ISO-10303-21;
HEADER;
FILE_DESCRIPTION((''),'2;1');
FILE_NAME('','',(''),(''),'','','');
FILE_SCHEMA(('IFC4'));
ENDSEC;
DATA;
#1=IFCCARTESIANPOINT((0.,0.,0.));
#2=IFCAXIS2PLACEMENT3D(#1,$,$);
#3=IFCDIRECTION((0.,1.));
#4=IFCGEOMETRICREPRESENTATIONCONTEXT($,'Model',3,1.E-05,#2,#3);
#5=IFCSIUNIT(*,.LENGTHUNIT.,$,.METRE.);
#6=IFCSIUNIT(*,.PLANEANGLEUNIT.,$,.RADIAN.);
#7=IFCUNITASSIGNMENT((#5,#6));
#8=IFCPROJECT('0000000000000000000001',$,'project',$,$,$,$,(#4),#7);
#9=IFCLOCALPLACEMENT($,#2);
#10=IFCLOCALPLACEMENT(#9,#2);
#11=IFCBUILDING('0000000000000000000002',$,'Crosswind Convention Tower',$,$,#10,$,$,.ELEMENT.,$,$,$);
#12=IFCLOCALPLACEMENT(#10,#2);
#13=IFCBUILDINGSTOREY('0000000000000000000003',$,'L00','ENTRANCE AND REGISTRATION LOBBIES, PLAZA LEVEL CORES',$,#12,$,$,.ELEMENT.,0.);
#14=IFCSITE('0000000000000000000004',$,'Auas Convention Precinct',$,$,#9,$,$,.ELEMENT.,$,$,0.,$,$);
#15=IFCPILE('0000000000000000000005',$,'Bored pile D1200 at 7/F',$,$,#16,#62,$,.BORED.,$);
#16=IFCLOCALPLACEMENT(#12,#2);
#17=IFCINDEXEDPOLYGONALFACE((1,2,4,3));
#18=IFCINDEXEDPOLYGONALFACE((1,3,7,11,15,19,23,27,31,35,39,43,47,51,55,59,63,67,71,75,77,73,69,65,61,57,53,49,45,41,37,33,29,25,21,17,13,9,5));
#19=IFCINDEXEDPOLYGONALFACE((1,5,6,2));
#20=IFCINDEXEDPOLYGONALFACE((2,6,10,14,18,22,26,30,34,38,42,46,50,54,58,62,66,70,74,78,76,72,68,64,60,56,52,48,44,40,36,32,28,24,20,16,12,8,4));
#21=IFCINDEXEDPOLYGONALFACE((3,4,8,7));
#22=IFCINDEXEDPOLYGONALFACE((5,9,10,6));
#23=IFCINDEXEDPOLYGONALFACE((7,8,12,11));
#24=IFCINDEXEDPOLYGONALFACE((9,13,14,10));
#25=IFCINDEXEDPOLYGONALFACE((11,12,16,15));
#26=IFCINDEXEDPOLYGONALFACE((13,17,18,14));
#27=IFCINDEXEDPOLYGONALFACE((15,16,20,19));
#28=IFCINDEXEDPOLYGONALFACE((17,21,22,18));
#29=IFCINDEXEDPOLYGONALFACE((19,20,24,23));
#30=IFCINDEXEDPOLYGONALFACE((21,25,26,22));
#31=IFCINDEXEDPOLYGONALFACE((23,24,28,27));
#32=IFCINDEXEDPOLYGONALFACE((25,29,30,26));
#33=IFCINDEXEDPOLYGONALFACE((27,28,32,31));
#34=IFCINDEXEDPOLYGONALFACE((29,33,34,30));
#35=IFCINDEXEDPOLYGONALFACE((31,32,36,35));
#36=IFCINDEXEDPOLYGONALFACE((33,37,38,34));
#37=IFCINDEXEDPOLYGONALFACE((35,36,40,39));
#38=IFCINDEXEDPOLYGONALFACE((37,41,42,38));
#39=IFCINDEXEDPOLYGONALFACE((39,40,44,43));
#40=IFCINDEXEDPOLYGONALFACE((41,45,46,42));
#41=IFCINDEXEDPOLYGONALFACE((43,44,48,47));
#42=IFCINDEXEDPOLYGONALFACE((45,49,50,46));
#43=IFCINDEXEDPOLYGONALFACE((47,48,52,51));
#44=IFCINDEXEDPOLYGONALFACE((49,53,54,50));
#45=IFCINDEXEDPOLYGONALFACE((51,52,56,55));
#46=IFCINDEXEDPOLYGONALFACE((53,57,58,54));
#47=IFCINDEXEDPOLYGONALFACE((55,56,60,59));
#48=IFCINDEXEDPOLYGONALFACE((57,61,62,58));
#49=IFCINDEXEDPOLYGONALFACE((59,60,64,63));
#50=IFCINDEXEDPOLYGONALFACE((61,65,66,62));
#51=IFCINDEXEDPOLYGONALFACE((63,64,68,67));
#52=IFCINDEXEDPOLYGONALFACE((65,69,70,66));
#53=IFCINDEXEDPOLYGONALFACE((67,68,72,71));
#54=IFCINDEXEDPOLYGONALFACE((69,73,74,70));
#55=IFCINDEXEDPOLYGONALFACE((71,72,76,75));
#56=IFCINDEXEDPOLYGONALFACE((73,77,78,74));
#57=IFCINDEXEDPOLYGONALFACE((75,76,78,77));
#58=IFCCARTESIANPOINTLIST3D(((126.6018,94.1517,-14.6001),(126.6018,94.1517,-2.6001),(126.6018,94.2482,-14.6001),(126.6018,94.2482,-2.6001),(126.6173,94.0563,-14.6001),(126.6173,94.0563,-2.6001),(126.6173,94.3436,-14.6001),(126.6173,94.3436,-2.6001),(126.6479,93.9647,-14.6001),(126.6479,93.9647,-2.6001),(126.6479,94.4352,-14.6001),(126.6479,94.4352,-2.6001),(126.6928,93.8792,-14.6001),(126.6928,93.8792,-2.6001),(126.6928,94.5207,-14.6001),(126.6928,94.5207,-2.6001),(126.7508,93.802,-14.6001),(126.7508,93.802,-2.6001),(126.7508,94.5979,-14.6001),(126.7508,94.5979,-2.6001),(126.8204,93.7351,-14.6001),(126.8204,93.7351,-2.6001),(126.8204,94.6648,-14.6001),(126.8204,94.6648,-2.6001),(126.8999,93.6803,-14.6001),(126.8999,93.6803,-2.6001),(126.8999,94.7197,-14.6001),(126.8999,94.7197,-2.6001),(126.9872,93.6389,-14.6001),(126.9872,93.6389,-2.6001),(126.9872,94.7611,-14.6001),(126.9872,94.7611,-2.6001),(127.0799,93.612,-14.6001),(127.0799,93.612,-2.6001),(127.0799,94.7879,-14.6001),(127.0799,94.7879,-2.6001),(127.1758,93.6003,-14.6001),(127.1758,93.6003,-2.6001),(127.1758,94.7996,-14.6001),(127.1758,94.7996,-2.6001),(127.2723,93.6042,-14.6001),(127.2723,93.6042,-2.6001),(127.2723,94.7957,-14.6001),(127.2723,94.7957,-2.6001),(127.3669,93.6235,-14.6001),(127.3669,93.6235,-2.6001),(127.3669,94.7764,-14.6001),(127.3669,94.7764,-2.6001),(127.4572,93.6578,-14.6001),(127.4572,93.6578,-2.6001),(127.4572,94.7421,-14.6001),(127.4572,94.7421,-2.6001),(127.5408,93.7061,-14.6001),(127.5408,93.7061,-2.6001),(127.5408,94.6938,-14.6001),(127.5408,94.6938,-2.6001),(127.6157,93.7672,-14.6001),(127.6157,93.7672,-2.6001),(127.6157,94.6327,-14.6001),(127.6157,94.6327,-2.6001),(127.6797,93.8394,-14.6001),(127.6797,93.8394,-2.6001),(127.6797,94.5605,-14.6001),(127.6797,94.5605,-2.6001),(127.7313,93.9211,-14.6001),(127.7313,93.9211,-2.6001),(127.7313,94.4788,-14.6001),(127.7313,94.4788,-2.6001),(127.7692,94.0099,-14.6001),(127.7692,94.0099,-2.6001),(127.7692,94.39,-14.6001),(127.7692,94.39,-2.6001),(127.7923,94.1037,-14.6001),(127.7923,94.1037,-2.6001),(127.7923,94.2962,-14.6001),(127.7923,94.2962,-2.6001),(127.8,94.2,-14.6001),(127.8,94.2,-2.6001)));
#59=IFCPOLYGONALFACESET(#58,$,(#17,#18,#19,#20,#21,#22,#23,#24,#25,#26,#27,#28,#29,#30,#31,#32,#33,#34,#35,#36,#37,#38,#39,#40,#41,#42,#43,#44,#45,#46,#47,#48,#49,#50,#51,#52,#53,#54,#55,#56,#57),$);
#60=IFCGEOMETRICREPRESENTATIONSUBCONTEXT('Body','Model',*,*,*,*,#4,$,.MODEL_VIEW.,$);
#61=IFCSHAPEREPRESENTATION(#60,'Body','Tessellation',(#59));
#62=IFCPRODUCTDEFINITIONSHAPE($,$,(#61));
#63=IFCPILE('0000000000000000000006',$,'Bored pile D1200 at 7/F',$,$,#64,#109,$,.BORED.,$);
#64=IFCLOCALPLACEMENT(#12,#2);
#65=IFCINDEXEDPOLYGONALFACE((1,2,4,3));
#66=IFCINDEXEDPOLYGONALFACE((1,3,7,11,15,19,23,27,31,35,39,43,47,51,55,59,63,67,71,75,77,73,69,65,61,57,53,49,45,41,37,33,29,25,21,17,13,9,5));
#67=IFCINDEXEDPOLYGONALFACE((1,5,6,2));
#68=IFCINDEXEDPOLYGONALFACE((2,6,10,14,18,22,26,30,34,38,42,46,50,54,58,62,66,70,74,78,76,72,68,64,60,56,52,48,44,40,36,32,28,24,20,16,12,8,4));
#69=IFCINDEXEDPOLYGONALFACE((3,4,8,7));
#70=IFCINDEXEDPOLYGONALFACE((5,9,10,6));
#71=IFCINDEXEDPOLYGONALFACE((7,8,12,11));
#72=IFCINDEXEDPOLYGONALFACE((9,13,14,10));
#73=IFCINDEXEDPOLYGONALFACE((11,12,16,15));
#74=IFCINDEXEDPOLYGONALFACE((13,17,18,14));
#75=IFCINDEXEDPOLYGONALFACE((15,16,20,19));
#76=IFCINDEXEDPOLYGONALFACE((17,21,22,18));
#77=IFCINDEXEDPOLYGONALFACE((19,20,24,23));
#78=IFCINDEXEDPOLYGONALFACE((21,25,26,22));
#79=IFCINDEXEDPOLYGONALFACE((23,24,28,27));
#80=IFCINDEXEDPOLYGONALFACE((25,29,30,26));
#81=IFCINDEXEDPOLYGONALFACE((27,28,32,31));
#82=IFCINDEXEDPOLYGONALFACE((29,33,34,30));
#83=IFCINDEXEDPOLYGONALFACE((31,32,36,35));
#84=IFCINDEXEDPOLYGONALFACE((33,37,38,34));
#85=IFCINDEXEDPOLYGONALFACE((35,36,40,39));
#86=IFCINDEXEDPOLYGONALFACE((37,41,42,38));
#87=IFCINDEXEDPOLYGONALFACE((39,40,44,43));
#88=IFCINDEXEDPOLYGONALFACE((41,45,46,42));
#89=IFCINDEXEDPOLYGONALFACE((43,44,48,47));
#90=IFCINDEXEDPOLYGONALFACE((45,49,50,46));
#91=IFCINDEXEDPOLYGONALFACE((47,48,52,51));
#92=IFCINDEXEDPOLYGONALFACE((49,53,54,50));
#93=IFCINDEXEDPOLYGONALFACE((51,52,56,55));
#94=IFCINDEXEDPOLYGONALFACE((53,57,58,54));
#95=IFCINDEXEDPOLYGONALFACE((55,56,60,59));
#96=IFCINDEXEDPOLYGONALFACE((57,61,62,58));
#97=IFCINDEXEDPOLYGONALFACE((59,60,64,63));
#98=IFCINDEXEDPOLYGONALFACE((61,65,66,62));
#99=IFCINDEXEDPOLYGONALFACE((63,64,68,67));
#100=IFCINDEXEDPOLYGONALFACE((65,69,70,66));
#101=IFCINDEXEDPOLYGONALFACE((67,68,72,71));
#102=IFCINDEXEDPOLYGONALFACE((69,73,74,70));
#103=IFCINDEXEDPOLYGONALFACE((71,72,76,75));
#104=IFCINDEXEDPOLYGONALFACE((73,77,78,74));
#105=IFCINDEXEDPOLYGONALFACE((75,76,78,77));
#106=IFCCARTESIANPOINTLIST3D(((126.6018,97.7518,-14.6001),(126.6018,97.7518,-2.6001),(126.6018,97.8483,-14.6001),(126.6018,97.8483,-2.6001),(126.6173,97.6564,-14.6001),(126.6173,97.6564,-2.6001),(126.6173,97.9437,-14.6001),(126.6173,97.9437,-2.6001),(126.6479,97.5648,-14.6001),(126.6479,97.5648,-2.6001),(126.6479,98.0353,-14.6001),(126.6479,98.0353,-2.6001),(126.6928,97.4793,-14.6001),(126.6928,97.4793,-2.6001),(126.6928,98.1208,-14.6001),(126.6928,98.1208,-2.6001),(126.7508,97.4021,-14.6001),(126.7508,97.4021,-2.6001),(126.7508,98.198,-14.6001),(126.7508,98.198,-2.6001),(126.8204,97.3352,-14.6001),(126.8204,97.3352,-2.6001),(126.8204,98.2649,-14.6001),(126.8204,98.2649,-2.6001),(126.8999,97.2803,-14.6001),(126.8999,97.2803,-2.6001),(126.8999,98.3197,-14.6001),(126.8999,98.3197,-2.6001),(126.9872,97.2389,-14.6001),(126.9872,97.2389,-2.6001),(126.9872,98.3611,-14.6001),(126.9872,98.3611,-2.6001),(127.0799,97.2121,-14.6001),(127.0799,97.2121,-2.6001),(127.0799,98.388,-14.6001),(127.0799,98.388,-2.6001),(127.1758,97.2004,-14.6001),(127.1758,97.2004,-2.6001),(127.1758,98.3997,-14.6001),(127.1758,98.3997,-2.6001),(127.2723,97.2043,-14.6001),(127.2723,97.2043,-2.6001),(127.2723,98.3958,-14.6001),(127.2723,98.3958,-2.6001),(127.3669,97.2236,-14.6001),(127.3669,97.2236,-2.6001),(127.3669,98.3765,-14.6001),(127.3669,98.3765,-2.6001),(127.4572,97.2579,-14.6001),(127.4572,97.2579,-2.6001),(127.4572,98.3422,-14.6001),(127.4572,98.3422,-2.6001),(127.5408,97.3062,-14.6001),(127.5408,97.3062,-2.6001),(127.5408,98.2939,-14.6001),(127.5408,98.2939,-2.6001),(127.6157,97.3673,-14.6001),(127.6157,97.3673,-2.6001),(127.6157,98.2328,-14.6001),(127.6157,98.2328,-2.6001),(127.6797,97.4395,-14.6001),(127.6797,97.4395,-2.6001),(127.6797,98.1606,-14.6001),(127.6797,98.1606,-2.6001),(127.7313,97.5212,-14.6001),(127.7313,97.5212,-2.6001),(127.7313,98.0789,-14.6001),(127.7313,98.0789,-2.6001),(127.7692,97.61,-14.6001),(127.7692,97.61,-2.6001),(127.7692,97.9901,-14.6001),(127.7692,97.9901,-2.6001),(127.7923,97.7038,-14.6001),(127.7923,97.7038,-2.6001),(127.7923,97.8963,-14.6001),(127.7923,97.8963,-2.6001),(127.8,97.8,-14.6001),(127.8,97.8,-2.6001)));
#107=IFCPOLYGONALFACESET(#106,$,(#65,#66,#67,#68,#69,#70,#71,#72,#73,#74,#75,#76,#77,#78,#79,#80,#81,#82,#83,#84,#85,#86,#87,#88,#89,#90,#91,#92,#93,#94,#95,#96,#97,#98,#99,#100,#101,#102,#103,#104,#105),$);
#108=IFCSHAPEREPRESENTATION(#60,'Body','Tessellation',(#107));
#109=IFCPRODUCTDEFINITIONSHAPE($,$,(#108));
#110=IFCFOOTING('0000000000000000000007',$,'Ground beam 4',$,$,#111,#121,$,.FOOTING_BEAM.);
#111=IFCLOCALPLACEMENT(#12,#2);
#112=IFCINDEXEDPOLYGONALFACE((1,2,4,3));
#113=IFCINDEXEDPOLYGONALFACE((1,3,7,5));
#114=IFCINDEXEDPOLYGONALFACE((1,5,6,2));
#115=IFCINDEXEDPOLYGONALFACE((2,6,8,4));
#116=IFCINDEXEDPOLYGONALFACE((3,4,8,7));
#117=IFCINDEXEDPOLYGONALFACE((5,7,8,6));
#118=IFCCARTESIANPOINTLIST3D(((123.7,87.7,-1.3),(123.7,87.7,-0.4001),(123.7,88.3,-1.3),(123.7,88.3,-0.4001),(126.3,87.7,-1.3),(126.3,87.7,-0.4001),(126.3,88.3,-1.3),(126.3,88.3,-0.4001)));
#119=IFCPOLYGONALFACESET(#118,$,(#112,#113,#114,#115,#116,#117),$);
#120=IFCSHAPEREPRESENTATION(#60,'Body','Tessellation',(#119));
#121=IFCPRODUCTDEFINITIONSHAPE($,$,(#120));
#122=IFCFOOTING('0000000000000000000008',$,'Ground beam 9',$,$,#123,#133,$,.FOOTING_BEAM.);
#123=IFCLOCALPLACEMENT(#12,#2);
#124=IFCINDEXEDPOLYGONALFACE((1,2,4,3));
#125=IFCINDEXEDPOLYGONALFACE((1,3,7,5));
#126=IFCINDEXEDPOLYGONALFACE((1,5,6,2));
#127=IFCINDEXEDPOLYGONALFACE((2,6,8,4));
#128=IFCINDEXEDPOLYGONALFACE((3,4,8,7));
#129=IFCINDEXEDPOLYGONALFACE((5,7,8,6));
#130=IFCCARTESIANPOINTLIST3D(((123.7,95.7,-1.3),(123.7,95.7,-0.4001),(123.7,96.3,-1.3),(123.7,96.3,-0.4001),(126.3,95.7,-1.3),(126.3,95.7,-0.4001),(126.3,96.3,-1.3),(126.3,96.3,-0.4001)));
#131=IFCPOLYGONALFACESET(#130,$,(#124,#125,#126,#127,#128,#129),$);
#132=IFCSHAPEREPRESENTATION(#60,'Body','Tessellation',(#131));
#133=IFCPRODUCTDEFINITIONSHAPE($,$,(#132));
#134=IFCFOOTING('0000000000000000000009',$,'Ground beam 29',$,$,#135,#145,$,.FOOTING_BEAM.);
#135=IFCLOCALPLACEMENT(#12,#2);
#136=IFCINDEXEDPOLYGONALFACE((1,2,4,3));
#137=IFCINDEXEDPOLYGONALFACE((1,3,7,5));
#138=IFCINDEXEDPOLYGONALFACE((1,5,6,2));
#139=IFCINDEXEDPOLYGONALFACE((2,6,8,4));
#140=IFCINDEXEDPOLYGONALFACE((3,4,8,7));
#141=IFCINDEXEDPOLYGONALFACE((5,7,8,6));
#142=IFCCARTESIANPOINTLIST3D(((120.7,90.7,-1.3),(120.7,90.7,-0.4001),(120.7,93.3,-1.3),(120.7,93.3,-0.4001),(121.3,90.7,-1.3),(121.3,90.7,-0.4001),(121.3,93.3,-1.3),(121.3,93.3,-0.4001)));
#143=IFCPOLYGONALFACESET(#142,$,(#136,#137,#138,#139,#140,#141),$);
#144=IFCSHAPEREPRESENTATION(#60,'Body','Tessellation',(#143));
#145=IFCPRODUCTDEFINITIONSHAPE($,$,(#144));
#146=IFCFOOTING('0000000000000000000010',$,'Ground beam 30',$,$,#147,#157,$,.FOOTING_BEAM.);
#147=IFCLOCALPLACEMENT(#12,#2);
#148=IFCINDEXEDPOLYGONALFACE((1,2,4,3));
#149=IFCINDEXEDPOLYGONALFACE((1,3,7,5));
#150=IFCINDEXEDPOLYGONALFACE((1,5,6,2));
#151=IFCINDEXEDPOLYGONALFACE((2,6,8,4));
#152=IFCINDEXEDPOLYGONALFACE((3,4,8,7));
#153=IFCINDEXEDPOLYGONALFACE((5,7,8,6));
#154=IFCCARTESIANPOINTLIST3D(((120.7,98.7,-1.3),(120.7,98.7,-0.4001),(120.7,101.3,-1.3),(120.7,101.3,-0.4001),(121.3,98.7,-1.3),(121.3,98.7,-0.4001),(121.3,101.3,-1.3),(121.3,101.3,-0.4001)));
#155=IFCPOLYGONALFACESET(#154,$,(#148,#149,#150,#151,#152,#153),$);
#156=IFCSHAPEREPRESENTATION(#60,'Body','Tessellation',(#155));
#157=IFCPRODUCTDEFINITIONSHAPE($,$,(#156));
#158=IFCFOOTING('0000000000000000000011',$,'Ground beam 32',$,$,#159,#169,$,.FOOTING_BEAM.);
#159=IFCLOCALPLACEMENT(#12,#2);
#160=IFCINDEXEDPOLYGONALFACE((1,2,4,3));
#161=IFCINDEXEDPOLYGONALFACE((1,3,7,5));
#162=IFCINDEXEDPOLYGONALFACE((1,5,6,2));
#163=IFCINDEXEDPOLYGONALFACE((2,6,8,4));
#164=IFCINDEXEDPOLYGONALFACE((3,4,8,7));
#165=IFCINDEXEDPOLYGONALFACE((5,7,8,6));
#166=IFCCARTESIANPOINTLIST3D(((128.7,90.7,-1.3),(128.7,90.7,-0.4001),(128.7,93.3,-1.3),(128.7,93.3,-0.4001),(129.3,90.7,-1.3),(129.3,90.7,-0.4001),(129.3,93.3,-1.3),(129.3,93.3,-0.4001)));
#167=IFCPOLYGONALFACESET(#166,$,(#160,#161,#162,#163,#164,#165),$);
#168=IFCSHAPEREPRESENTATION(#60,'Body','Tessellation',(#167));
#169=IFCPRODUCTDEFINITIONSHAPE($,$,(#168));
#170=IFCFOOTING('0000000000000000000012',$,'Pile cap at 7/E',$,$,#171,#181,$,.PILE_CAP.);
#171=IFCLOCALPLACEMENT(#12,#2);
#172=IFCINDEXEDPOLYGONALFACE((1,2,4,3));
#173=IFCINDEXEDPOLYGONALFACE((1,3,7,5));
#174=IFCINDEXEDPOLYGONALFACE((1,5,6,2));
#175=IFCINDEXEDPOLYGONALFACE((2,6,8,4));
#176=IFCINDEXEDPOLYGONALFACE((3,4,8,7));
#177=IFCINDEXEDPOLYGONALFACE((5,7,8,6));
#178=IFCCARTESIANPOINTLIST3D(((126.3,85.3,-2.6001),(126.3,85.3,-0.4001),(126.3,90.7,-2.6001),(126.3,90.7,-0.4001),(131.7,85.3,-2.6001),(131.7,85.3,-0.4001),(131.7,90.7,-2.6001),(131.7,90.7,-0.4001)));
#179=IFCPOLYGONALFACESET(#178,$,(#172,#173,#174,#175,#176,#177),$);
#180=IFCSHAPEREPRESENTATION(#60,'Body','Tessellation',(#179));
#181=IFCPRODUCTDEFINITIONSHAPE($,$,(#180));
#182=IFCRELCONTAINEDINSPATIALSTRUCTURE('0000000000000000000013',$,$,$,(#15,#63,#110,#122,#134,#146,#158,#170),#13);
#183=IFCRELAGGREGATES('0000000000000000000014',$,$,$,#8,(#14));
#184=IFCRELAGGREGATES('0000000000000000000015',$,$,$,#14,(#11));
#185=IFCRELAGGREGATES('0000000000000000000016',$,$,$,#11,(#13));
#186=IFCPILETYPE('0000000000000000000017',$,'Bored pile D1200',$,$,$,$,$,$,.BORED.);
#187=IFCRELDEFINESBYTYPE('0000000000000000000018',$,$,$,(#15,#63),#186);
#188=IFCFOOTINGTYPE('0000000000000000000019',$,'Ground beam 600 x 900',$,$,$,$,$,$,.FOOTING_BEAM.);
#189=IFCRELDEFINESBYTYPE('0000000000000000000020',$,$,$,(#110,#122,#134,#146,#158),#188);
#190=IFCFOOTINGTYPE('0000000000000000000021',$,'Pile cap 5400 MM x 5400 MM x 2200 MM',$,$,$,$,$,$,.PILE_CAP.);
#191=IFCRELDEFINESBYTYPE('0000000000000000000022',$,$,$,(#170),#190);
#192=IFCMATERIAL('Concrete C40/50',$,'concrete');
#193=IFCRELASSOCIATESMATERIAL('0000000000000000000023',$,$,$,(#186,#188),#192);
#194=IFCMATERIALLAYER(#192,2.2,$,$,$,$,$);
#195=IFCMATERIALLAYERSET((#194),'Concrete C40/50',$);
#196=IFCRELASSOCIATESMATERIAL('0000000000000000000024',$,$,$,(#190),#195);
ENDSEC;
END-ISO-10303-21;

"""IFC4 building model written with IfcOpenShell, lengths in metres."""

from ifc_helpers import new_model, si_unit, direction, frame, origin, origin_2d, place, context, subcontext, project, spatial, rectangle, circle, extrude, material, layer, layer_set, material_profile, profile_set, type_object, element, save


model = new_model("IFC4")

# Units and contexts
model_context = context("Model", 3, precision=1e-05, world=origin(), true_north=direction((0.0, 1.0)))
body_context = subcontext(model_context, "Body", "Model", "MODEL_VIEW")
ifc_project = project(units=[si_unit("LENGTHUNIT", "METRE"), si_unit("PLANEANGLEUNIT", "RADIAN")], contexts=[model_context])

# Site, building, storey
site_placement = place(None, origin())
site = spatial("IfcSite", under=ifc_project, at=site_placement, Name="Auas Convention Precinct", CompositionType="ELEMENT", RefElevation=0.0)
building_placement = place(site_placement, origin())
building = spatial("IfcBuilding", under=site, at=building_placement, Name="Crosswind Convention Tower", CompositionType="ELEMENT")
storey_placement = place(building_placement, origin())
storey = spatial("IfcBuildingStorey", under=building, at=storey_placement, Name="L00", Description="ENTRANCE AND REGISTRATION LOBBIES, PLAZA LEVEL CORES", CompositionType="ELEMENT", Elevation=0.0)

# Piles
ifc_material_1 = material(Name="Concrete C40/50", Category="concrete")
ifc_material_profile_1 = material_profile(ifc_material_1, circle(Radius=0.6001, at=origin_2d()), Name="Bored pile D1200")
ifc_profile_set_1 = profile_set([ifc_material_profile_1], Name="Concrete C40/50")
pile_type = type_object("IfcPileType", Name="Bored pile D1200", PredefinedType="BORED", material=ifc_profile_set_1)
for number, where, z_axis, x_axis, name in (
    (1, (127.2, 94.2, -2.6001), (0.0, 0.0, -1.0), (1.0, 0.0, 0.0), "Bored pile D1200 at 7/F"),
    (2, (127.2, 97.8, -2.6001), (0.0, 0.0, -1.0), (1.0, 0.0, 0.0), "Bored pile D1200 at 7/F"),
):
    element("IfcPile", number, at=place(storey_placement, frame(where, z_axis=z_axis, x_axis=x_axis)), inside=storey, type_object=pile_type, Name=name, PredefinedType="BORED", context=body_context, shape_type="SweptSolid", body=[
        extrude(circle(Radius=0.6001, at=origin_2d()), origin(), (0.0, 0.0, 1.0), 12.0),
    ])

# Footings
footing_type_1 = type_object("IfcFootingType", Name="Ground beam 600 x 900", PredefinedType="FOOTING_BEAM", material=ifc_material_1)
for number, where, z_axis, x_axis, name in (
    (3, (125.0, 88.0, -1.3), (0.0, 0.0, 1.0), (1.0, 0.0, 0.0), "Ground beam 4"),
    (4, (125.0, 96.0, -1.3), (0.0, 0.0, 1.0), (1.0, 0.0, 0.0), "Ground beam 9"),
):
    element("IfcFooting", number, at=place(storey_placement, frame(where, z_axis=z_axis, x_axis=x_axis)), inside=storey, type_object=footing_type_1, Name=name, PredefinedType="FOOTING_BEAM", context=body_context, shape_type="SweptSolid", body=[
        extrude(rectangle(XDim=2.6001, YDim=0.6001, at=origin_2d()), origin(), (0.0, 0.0, 1.0), 0.8999),
    ])
for number, where, z_axis, x_axis, name in (
    (5, (121.0, 92.0, -1.3), (0.0, 0.0, 1.0), (1.0, 0.0, 0.0), "Ground beam 29"),
    (6, (121.0, 100.0, -1.3), (0.0, 0.0, 1.0), (1.0, 0.0, 0.0), "Ground beam 30"),
    (7, (129.0, 92.0, -1.3), (0.0, 0.0, 1.0), (1.0, 0.0, 0.0), "Ground beam 32"),
):
    element("IfcFooting", number, at=place(storey_placement, frame(where, z_axis=z_axis, x_axis=x_axis)), inside=storey, type_object=footing_type_1, Name=name, PredefinedType="FOOTING_BEAM", context=body_context, shape_type="SweptSolid", body=[
        extrude(rectangle(XDim=0.6001, YDim=2.6001, at=origin_2d()), origin(), (0.0, 0.0, 1.0), 0.8999),
    ])
ifc_layer = layer(ifc_material_1, 2.2)
ifc_layer_set = layer_set([ifc_layer], Name="Concrete C40/50")
footing_type_2 = type_object("IfcFootingType", Name="Pile cap 5400 MM x 5400 MM x 2200 MM", PredefinedType="PILE_CAP", material=ifc_layer_set)
footing_placement = place(storey_placement, frame((129.0, 88.0, -2.6001), z_axis=(0.0, 0.0, 1.0), x_axis=(1.0, 0.0, 0.0)))
element("IfcFooting", 8, at=footing_placement, inside=storey, type_object=footing_type_2, Name="Pile cap at 7/E", PredefinedType="PILE_CAP", context=body_context, shape_type="SweptSolid", body=[
    extrude(rectangle(XDim=5.3999, YDim=5.3999, at=origin_2d()), origin(), (0.0, 0.0, 1.0), 2.2),
])

save(model, "model.ifc")
